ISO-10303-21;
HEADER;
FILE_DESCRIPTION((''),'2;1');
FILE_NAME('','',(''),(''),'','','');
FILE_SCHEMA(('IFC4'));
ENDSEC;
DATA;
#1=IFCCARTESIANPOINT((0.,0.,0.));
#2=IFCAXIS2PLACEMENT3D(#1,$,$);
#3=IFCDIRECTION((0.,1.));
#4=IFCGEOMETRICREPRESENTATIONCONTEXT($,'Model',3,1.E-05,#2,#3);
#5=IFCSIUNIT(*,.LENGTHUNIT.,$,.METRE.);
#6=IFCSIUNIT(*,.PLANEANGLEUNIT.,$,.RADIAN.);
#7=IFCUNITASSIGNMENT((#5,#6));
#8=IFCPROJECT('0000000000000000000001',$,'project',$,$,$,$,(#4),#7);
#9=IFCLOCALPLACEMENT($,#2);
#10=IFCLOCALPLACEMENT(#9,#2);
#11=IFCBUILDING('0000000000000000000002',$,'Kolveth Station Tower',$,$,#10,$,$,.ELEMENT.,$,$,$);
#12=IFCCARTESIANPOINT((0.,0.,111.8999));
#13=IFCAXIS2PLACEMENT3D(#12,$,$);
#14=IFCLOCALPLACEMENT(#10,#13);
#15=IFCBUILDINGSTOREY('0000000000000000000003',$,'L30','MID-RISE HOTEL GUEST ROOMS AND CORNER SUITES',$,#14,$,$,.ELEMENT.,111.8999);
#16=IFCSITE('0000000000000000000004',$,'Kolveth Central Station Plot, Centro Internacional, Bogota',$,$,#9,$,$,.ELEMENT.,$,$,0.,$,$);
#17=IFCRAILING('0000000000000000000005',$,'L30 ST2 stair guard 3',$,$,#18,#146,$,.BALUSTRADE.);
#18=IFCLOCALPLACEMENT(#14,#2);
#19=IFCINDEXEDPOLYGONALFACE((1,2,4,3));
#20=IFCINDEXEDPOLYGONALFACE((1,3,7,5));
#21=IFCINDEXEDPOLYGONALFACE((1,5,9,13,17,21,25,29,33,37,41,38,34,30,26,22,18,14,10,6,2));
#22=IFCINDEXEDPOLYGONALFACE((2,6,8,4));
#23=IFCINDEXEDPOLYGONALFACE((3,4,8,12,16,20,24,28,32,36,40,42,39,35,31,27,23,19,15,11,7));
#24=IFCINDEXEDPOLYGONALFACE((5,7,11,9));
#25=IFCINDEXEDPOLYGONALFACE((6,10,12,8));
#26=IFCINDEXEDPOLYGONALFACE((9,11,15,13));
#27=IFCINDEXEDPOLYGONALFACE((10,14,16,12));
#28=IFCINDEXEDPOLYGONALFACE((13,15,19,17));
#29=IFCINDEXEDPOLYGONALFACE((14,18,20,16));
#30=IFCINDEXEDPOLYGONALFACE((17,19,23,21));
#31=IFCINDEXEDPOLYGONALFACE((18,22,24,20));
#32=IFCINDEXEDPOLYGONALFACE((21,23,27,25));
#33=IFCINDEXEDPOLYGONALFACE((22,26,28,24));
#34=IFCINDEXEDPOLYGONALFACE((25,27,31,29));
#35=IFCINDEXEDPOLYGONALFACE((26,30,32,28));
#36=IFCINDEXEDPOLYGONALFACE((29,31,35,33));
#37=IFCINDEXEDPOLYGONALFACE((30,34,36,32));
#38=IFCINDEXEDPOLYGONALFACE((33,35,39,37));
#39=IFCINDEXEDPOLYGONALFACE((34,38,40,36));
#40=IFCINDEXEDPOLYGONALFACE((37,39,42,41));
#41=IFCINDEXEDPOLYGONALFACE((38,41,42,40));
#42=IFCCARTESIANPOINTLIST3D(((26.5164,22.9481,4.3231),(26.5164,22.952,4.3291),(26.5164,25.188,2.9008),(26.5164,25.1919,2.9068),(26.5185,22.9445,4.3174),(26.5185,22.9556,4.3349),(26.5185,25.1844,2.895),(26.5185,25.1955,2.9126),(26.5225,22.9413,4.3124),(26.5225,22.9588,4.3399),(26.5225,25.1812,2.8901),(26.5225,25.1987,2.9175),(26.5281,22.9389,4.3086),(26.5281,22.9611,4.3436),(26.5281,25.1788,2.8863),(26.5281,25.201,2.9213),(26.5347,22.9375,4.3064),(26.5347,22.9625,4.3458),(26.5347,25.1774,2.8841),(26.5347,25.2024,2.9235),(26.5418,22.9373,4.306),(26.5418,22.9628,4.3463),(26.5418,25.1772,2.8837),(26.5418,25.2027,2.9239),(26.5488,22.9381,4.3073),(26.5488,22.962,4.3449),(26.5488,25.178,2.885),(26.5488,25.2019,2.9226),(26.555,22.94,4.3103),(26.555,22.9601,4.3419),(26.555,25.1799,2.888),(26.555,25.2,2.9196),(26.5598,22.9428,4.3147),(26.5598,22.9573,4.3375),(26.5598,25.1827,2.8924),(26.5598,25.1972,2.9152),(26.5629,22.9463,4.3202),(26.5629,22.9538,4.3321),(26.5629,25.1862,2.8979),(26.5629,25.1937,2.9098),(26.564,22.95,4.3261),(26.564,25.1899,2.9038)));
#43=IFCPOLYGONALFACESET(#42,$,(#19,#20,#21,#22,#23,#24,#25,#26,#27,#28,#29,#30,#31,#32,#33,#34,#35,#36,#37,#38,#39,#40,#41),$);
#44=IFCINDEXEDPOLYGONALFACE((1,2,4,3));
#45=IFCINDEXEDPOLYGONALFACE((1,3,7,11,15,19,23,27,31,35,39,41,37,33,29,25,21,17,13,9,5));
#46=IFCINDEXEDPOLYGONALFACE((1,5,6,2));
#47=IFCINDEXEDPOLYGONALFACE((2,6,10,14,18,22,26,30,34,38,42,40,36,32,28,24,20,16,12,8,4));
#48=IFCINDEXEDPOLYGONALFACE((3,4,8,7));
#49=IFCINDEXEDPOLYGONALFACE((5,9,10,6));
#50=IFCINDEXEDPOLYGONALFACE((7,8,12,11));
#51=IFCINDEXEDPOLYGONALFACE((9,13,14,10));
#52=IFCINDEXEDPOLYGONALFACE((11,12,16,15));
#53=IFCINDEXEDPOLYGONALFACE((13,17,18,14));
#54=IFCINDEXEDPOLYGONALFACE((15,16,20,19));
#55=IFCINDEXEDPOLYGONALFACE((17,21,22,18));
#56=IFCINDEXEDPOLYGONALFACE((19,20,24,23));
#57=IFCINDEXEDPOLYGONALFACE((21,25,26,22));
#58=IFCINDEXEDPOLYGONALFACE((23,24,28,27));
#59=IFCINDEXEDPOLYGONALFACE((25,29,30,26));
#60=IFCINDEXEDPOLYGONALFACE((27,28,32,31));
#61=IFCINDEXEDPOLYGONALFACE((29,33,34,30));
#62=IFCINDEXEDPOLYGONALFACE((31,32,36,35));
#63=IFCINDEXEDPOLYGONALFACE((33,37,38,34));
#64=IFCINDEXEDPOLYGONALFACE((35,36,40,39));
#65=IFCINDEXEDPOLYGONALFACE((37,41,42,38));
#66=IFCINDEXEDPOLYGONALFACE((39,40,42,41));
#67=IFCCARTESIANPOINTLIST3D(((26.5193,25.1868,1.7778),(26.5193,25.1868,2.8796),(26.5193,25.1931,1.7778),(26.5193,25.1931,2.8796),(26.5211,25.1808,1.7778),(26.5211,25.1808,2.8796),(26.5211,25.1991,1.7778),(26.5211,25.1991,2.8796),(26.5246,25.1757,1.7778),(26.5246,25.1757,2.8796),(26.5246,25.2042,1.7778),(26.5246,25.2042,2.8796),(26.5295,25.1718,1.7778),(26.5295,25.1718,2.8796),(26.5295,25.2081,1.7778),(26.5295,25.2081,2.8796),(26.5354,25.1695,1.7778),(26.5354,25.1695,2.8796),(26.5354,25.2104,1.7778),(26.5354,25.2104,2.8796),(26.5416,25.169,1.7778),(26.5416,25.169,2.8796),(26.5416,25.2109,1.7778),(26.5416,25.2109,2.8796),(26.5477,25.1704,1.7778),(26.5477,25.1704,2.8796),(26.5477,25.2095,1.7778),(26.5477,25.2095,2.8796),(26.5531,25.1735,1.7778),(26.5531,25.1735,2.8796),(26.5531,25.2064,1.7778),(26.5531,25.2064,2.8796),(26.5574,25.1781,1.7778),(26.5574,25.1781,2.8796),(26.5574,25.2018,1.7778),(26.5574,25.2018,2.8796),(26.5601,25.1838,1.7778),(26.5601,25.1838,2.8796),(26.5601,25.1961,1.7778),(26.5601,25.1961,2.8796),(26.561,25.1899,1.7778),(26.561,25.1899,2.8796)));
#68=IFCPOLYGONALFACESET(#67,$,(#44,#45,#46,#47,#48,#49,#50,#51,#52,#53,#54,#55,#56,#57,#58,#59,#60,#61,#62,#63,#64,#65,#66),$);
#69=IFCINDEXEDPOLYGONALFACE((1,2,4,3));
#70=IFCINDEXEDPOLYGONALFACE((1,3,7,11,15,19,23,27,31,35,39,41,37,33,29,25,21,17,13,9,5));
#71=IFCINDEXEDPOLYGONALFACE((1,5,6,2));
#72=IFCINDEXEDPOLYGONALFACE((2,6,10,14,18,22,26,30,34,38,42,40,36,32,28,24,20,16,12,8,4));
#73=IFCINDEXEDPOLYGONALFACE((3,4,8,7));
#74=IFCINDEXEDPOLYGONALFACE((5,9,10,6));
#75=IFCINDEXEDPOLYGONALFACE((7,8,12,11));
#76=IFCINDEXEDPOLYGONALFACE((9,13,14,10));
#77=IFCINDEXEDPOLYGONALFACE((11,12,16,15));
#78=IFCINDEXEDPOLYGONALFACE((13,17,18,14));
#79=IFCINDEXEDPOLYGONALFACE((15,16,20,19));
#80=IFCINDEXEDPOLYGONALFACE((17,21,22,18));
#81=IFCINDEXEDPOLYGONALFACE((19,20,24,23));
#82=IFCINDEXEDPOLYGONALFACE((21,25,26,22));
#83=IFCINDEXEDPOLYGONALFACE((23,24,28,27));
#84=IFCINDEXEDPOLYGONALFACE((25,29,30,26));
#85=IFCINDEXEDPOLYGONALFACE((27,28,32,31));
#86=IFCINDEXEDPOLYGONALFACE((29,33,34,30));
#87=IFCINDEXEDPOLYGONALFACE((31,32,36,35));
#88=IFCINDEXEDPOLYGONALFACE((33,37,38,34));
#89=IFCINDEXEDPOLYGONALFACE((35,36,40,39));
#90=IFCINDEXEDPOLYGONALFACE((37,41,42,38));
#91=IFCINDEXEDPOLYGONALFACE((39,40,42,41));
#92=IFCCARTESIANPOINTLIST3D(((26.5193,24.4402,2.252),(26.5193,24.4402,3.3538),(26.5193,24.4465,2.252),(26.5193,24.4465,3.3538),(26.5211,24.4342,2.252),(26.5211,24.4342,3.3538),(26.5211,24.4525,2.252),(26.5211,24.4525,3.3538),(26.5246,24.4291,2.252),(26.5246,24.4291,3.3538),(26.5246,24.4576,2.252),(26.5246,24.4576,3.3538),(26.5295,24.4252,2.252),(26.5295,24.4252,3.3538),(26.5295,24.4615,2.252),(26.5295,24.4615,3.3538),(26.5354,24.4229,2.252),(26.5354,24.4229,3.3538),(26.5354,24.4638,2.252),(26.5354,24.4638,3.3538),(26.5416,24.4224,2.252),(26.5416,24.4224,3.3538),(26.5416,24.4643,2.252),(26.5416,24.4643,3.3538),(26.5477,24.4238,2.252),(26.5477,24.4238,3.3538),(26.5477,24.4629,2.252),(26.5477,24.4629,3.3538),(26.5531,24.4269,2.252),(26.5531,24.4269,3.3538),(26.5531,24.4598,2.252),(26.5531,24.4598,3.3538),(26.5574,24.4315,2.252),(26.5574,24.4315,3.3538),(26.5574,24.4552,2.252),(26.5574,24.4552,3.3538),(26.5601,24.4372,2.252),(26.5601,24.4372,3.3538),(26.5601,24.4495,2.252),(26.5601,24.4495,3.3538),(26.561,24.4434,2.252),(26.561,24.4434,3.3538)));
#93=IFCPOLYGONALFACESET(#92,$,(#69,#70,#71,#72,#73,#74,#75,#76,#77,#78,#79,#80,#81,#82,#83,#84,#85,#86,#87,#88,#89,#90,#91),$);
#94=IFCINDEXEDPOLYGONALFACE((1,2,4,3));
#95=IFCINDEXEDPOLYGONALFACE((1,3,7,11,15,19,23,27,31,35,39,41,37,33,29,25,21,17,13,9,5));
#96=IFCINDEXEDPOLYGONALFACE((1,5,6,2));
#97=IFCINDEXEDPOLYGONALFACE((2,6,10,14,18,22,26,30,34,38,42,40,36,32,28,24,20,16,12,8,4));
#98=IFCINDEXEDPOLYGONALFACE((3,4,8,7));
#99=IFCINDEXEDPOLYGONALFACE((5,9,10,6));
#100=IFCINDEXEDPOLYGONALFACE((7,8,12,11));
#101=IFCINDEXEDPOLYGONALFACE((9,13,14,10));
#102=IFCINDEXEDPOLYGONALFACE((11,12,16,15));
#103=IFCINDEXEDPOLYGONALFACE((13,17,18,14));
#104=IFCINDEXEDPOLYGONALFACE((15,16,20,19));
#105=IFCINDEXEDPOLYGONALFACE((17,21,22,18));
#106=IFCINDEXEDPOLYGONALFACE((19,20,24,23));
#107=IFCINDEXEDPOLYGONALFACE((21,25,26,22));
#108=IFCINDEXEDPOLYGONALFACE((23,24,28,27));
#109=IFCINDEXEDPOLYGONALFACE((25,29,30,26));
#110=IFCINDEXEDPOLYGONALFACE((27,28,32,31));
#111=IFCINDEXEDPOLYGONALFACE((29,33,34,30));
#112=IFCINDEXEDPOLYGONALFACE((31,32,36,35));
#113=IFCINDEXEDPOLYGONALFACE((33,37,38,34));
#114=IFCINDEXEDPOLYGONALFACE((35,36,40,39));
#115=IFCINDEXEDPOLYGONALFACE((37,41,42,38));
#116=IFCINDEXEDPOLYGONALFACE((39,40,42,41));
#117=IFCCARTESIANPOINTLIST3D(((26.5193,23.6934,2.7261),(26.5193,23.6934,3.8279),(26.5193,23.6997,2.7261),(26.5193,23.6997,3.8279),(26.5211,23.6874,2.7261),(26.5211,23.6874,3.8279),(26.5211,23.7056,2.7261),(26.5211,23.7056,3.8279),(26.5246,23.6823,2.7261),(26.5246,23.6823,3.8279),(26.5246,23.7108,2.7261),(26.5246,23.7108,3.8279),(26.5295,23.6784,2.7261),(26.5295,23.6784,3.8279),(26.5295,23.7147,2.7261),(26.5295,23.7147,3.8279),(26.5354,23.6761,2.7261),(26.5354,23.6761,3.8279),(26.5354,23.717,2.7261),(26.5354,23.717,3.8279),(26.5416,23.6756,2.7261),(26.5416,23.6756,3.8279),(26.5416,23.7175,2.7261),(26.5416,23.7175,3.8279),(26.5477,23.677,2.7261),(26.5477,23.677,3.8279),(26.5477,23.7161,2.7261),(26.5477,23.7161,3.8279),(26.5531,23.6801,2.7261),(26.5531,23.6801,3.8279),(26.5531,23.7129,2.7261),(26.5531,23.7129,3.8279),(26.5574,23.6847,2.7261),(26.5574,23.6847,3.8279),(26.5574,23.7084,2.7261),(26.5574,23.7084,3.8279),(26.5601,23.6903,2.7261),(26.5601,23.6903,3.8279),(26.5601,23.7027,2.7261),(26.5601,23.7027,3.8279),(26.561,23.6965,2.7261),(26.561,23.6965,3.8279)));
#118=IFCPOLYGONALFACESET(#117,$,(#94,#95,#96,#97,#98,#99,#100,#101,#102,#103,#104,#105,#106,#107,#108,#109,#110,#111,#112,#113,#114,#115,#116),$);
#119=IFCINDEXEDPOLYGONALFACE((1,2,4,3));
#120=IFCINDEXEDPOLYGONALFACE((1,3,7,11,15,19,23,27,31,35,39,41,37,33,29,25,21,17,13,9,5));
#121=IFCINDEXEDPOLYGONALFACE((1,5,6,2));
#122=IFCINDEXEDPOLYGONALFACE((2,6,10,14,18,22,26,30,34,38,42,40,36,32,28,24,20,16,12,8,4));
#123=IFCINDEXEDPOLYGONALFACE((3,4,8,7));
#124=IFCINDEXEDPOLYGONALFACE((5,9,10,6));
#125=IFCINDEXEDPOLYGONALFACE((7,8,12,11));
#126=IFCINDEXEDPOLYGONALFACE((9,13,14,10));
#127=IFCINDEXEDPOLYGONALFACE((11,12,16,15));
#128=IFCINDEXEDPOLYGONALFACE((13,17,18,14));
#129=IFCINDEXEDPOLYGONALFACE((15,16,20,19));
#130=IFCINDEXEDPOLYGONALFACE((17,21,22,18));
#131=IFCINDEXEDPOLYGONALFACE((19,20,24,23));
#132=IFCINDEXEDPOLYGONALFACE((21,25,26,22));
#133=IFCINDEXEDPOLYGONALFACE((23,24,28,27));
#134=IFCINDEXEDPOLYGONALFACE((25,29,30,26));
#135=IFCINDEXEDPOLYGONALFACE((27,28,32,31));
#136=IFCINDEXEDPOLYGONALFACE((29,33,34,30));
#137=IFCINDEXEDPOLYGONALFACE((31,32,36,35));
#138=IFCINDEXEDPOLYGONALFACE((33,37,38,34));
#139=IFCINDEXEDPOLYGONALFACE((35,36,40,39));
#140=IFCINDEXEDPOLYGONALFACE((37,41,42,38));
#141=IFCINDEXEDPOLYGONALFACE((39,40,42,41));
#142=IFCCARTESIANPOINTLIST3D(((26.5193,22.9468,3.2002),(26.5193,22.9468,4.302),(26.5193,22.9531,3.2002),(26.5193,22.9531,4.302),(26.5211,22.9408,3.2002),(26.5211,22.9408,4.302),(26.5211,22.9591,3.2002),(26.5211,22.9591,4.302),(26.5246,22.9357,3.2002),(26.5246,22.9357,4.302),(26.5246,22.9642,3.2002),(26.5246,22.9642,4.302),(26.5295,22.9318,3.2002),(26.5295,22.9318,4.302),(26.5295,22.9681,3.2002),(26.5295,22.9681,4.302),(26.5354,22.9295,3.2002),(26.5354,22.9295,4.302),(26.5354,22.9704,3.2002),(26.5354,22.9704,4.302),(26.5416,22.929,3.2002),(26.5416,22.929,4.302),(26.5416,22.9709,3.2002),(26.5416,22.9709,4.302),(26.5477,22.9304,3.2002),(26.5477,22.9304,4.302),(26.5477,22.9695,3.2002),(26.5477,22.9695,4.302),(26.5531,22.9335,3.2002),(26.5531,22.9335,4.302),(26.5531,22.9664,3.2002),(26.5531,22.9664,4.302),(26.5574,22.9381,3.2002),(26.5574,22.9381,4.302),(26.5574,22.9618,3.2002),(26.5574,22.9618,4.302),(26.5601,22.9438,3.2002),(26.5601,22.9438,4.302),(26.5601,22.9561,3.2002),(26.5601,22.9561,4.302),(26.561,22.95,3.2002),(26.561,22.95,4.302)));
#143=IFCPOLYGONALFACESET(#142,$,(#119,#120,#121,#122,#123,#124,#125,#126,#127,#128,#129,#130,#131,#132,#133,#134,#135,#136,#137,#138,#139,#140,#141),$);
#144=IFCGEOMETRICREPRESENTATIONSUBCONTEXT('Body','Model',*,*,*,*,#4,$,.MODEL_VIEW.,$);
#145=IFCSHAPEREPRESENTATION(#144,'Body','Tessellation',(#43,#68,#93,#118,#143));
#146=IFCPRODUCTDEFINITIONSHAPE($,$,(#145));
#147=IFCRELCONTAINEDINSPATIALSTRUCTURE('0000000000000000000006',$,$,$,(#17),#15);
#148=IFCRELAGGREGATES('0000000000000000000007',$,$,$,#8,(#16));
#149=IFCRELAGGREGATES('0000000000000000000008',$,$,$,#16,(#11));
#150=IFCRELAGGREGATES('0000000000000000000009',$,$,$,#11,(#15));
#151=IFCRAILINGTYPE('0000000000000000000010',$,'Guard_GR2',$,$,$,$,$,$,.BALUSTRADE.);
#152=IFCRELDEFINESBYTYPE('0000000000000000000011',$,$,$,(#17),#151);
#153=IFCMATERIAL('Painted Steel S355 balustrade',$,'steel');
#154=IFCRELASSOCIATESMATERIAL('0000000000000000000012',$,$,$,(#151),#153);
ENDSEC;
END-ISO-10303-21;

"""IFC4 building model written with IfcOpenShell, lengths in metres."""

from ifc_helpers import new_model, si_unit, direction, frame, origin, origin_2d, place, context, subcontext, project, spatial, circle, extrude, material, type_object, element, save


model = new_model("IFC4")

# Units and contexts
model_context = context("Model", 3, precision=1e-05, world=origin(), true_north=direction((0.0, 1.0)))
body_context = subcontext(model_context, "Body", "Model", "MODEL_VIEW")
ifc_project = project(units=[si_unit("LENGTHUNIT", "METRE"), si_unit("PLANEANGLEUNIT", "RADIAN")], contexts=[model_context])

# Site, building, storey
site_placement = place(None, origin())
site = spatial("IfcSite", under=ifc_project, at=site_placement, Name="Kolveth Central Station Plot, Centro Internacional, Bogota", CompositionType="ELEMENT", RefElevation=0.0)
building_placement = place(site_placement, origin())
building = spatial("IfcBuilding", under=site, at=building_placement, Name="Kolveth Station Tower", CompositionType="ELEMENT")
storey_placement = place(building_placement, frame((0.0, 0.0, 111.8999)))
storey = spatial("IfcBuildingStorey", under=building, at=storey_placement, Name="L30", Description="MID-RISE HOTEL GUEST ROOMS AND CORNER SUITES", CompositionType="ELEMENT", Elevation=111.8999)

# Railing
ifc_material_1 = material(Name="Painted Steel S355 balustrade", Category="steel")
railing_type_1 = type_object("IfcRailingType", Name="Guard_GR2", PredefinedType="BALUSTRADE", material=ifc_material_1)
railing_1_placement = place(storey_placement, frame((26.54, 25.1899, 1.7778)))
element("IfcRailing", 1, at=railing_1_placement, inside=storey, type_object=railing_type_1, Name="L30 ST2 stair guard 3", PredefinedType="BALUSTRADE", context=body_context, shape_type="SweptSolid", body=[
    extrude(circle(Radius=0.0239, at=origin_2d()), frame((0.0, 0.0, 1.126), z_axis=(0.0, -0.844188, 0.536048), x_axis=(1.0, 0.0, 0.0)), (0.0, 0.0, 1.0), 2.6533),
    extrude(circle(Radius=0.021, at=origin_2d()), origin(), (0.0, 0.0, 1.0), 1.1018),
    extrude(circle(Radius=0.021, at=origin_2d()), frame((0.0, -0.7466, 0.4741)), (0.0, 0.0, 1.0), 1.1018),
    extrude(circle(Radius=0.021, at=origin_2d()), frame((0.0, -1.4934, 0.9482)), (0.0, 0.0, 1.0), 1.1018),
    extrude(circle(Radius=0.021, at=origin_2d()), frame((0.0, -2.24, 1.4224)), (0.0, 0.0, 1.0), 1.1018),
])

save(model, "model.ifc")
